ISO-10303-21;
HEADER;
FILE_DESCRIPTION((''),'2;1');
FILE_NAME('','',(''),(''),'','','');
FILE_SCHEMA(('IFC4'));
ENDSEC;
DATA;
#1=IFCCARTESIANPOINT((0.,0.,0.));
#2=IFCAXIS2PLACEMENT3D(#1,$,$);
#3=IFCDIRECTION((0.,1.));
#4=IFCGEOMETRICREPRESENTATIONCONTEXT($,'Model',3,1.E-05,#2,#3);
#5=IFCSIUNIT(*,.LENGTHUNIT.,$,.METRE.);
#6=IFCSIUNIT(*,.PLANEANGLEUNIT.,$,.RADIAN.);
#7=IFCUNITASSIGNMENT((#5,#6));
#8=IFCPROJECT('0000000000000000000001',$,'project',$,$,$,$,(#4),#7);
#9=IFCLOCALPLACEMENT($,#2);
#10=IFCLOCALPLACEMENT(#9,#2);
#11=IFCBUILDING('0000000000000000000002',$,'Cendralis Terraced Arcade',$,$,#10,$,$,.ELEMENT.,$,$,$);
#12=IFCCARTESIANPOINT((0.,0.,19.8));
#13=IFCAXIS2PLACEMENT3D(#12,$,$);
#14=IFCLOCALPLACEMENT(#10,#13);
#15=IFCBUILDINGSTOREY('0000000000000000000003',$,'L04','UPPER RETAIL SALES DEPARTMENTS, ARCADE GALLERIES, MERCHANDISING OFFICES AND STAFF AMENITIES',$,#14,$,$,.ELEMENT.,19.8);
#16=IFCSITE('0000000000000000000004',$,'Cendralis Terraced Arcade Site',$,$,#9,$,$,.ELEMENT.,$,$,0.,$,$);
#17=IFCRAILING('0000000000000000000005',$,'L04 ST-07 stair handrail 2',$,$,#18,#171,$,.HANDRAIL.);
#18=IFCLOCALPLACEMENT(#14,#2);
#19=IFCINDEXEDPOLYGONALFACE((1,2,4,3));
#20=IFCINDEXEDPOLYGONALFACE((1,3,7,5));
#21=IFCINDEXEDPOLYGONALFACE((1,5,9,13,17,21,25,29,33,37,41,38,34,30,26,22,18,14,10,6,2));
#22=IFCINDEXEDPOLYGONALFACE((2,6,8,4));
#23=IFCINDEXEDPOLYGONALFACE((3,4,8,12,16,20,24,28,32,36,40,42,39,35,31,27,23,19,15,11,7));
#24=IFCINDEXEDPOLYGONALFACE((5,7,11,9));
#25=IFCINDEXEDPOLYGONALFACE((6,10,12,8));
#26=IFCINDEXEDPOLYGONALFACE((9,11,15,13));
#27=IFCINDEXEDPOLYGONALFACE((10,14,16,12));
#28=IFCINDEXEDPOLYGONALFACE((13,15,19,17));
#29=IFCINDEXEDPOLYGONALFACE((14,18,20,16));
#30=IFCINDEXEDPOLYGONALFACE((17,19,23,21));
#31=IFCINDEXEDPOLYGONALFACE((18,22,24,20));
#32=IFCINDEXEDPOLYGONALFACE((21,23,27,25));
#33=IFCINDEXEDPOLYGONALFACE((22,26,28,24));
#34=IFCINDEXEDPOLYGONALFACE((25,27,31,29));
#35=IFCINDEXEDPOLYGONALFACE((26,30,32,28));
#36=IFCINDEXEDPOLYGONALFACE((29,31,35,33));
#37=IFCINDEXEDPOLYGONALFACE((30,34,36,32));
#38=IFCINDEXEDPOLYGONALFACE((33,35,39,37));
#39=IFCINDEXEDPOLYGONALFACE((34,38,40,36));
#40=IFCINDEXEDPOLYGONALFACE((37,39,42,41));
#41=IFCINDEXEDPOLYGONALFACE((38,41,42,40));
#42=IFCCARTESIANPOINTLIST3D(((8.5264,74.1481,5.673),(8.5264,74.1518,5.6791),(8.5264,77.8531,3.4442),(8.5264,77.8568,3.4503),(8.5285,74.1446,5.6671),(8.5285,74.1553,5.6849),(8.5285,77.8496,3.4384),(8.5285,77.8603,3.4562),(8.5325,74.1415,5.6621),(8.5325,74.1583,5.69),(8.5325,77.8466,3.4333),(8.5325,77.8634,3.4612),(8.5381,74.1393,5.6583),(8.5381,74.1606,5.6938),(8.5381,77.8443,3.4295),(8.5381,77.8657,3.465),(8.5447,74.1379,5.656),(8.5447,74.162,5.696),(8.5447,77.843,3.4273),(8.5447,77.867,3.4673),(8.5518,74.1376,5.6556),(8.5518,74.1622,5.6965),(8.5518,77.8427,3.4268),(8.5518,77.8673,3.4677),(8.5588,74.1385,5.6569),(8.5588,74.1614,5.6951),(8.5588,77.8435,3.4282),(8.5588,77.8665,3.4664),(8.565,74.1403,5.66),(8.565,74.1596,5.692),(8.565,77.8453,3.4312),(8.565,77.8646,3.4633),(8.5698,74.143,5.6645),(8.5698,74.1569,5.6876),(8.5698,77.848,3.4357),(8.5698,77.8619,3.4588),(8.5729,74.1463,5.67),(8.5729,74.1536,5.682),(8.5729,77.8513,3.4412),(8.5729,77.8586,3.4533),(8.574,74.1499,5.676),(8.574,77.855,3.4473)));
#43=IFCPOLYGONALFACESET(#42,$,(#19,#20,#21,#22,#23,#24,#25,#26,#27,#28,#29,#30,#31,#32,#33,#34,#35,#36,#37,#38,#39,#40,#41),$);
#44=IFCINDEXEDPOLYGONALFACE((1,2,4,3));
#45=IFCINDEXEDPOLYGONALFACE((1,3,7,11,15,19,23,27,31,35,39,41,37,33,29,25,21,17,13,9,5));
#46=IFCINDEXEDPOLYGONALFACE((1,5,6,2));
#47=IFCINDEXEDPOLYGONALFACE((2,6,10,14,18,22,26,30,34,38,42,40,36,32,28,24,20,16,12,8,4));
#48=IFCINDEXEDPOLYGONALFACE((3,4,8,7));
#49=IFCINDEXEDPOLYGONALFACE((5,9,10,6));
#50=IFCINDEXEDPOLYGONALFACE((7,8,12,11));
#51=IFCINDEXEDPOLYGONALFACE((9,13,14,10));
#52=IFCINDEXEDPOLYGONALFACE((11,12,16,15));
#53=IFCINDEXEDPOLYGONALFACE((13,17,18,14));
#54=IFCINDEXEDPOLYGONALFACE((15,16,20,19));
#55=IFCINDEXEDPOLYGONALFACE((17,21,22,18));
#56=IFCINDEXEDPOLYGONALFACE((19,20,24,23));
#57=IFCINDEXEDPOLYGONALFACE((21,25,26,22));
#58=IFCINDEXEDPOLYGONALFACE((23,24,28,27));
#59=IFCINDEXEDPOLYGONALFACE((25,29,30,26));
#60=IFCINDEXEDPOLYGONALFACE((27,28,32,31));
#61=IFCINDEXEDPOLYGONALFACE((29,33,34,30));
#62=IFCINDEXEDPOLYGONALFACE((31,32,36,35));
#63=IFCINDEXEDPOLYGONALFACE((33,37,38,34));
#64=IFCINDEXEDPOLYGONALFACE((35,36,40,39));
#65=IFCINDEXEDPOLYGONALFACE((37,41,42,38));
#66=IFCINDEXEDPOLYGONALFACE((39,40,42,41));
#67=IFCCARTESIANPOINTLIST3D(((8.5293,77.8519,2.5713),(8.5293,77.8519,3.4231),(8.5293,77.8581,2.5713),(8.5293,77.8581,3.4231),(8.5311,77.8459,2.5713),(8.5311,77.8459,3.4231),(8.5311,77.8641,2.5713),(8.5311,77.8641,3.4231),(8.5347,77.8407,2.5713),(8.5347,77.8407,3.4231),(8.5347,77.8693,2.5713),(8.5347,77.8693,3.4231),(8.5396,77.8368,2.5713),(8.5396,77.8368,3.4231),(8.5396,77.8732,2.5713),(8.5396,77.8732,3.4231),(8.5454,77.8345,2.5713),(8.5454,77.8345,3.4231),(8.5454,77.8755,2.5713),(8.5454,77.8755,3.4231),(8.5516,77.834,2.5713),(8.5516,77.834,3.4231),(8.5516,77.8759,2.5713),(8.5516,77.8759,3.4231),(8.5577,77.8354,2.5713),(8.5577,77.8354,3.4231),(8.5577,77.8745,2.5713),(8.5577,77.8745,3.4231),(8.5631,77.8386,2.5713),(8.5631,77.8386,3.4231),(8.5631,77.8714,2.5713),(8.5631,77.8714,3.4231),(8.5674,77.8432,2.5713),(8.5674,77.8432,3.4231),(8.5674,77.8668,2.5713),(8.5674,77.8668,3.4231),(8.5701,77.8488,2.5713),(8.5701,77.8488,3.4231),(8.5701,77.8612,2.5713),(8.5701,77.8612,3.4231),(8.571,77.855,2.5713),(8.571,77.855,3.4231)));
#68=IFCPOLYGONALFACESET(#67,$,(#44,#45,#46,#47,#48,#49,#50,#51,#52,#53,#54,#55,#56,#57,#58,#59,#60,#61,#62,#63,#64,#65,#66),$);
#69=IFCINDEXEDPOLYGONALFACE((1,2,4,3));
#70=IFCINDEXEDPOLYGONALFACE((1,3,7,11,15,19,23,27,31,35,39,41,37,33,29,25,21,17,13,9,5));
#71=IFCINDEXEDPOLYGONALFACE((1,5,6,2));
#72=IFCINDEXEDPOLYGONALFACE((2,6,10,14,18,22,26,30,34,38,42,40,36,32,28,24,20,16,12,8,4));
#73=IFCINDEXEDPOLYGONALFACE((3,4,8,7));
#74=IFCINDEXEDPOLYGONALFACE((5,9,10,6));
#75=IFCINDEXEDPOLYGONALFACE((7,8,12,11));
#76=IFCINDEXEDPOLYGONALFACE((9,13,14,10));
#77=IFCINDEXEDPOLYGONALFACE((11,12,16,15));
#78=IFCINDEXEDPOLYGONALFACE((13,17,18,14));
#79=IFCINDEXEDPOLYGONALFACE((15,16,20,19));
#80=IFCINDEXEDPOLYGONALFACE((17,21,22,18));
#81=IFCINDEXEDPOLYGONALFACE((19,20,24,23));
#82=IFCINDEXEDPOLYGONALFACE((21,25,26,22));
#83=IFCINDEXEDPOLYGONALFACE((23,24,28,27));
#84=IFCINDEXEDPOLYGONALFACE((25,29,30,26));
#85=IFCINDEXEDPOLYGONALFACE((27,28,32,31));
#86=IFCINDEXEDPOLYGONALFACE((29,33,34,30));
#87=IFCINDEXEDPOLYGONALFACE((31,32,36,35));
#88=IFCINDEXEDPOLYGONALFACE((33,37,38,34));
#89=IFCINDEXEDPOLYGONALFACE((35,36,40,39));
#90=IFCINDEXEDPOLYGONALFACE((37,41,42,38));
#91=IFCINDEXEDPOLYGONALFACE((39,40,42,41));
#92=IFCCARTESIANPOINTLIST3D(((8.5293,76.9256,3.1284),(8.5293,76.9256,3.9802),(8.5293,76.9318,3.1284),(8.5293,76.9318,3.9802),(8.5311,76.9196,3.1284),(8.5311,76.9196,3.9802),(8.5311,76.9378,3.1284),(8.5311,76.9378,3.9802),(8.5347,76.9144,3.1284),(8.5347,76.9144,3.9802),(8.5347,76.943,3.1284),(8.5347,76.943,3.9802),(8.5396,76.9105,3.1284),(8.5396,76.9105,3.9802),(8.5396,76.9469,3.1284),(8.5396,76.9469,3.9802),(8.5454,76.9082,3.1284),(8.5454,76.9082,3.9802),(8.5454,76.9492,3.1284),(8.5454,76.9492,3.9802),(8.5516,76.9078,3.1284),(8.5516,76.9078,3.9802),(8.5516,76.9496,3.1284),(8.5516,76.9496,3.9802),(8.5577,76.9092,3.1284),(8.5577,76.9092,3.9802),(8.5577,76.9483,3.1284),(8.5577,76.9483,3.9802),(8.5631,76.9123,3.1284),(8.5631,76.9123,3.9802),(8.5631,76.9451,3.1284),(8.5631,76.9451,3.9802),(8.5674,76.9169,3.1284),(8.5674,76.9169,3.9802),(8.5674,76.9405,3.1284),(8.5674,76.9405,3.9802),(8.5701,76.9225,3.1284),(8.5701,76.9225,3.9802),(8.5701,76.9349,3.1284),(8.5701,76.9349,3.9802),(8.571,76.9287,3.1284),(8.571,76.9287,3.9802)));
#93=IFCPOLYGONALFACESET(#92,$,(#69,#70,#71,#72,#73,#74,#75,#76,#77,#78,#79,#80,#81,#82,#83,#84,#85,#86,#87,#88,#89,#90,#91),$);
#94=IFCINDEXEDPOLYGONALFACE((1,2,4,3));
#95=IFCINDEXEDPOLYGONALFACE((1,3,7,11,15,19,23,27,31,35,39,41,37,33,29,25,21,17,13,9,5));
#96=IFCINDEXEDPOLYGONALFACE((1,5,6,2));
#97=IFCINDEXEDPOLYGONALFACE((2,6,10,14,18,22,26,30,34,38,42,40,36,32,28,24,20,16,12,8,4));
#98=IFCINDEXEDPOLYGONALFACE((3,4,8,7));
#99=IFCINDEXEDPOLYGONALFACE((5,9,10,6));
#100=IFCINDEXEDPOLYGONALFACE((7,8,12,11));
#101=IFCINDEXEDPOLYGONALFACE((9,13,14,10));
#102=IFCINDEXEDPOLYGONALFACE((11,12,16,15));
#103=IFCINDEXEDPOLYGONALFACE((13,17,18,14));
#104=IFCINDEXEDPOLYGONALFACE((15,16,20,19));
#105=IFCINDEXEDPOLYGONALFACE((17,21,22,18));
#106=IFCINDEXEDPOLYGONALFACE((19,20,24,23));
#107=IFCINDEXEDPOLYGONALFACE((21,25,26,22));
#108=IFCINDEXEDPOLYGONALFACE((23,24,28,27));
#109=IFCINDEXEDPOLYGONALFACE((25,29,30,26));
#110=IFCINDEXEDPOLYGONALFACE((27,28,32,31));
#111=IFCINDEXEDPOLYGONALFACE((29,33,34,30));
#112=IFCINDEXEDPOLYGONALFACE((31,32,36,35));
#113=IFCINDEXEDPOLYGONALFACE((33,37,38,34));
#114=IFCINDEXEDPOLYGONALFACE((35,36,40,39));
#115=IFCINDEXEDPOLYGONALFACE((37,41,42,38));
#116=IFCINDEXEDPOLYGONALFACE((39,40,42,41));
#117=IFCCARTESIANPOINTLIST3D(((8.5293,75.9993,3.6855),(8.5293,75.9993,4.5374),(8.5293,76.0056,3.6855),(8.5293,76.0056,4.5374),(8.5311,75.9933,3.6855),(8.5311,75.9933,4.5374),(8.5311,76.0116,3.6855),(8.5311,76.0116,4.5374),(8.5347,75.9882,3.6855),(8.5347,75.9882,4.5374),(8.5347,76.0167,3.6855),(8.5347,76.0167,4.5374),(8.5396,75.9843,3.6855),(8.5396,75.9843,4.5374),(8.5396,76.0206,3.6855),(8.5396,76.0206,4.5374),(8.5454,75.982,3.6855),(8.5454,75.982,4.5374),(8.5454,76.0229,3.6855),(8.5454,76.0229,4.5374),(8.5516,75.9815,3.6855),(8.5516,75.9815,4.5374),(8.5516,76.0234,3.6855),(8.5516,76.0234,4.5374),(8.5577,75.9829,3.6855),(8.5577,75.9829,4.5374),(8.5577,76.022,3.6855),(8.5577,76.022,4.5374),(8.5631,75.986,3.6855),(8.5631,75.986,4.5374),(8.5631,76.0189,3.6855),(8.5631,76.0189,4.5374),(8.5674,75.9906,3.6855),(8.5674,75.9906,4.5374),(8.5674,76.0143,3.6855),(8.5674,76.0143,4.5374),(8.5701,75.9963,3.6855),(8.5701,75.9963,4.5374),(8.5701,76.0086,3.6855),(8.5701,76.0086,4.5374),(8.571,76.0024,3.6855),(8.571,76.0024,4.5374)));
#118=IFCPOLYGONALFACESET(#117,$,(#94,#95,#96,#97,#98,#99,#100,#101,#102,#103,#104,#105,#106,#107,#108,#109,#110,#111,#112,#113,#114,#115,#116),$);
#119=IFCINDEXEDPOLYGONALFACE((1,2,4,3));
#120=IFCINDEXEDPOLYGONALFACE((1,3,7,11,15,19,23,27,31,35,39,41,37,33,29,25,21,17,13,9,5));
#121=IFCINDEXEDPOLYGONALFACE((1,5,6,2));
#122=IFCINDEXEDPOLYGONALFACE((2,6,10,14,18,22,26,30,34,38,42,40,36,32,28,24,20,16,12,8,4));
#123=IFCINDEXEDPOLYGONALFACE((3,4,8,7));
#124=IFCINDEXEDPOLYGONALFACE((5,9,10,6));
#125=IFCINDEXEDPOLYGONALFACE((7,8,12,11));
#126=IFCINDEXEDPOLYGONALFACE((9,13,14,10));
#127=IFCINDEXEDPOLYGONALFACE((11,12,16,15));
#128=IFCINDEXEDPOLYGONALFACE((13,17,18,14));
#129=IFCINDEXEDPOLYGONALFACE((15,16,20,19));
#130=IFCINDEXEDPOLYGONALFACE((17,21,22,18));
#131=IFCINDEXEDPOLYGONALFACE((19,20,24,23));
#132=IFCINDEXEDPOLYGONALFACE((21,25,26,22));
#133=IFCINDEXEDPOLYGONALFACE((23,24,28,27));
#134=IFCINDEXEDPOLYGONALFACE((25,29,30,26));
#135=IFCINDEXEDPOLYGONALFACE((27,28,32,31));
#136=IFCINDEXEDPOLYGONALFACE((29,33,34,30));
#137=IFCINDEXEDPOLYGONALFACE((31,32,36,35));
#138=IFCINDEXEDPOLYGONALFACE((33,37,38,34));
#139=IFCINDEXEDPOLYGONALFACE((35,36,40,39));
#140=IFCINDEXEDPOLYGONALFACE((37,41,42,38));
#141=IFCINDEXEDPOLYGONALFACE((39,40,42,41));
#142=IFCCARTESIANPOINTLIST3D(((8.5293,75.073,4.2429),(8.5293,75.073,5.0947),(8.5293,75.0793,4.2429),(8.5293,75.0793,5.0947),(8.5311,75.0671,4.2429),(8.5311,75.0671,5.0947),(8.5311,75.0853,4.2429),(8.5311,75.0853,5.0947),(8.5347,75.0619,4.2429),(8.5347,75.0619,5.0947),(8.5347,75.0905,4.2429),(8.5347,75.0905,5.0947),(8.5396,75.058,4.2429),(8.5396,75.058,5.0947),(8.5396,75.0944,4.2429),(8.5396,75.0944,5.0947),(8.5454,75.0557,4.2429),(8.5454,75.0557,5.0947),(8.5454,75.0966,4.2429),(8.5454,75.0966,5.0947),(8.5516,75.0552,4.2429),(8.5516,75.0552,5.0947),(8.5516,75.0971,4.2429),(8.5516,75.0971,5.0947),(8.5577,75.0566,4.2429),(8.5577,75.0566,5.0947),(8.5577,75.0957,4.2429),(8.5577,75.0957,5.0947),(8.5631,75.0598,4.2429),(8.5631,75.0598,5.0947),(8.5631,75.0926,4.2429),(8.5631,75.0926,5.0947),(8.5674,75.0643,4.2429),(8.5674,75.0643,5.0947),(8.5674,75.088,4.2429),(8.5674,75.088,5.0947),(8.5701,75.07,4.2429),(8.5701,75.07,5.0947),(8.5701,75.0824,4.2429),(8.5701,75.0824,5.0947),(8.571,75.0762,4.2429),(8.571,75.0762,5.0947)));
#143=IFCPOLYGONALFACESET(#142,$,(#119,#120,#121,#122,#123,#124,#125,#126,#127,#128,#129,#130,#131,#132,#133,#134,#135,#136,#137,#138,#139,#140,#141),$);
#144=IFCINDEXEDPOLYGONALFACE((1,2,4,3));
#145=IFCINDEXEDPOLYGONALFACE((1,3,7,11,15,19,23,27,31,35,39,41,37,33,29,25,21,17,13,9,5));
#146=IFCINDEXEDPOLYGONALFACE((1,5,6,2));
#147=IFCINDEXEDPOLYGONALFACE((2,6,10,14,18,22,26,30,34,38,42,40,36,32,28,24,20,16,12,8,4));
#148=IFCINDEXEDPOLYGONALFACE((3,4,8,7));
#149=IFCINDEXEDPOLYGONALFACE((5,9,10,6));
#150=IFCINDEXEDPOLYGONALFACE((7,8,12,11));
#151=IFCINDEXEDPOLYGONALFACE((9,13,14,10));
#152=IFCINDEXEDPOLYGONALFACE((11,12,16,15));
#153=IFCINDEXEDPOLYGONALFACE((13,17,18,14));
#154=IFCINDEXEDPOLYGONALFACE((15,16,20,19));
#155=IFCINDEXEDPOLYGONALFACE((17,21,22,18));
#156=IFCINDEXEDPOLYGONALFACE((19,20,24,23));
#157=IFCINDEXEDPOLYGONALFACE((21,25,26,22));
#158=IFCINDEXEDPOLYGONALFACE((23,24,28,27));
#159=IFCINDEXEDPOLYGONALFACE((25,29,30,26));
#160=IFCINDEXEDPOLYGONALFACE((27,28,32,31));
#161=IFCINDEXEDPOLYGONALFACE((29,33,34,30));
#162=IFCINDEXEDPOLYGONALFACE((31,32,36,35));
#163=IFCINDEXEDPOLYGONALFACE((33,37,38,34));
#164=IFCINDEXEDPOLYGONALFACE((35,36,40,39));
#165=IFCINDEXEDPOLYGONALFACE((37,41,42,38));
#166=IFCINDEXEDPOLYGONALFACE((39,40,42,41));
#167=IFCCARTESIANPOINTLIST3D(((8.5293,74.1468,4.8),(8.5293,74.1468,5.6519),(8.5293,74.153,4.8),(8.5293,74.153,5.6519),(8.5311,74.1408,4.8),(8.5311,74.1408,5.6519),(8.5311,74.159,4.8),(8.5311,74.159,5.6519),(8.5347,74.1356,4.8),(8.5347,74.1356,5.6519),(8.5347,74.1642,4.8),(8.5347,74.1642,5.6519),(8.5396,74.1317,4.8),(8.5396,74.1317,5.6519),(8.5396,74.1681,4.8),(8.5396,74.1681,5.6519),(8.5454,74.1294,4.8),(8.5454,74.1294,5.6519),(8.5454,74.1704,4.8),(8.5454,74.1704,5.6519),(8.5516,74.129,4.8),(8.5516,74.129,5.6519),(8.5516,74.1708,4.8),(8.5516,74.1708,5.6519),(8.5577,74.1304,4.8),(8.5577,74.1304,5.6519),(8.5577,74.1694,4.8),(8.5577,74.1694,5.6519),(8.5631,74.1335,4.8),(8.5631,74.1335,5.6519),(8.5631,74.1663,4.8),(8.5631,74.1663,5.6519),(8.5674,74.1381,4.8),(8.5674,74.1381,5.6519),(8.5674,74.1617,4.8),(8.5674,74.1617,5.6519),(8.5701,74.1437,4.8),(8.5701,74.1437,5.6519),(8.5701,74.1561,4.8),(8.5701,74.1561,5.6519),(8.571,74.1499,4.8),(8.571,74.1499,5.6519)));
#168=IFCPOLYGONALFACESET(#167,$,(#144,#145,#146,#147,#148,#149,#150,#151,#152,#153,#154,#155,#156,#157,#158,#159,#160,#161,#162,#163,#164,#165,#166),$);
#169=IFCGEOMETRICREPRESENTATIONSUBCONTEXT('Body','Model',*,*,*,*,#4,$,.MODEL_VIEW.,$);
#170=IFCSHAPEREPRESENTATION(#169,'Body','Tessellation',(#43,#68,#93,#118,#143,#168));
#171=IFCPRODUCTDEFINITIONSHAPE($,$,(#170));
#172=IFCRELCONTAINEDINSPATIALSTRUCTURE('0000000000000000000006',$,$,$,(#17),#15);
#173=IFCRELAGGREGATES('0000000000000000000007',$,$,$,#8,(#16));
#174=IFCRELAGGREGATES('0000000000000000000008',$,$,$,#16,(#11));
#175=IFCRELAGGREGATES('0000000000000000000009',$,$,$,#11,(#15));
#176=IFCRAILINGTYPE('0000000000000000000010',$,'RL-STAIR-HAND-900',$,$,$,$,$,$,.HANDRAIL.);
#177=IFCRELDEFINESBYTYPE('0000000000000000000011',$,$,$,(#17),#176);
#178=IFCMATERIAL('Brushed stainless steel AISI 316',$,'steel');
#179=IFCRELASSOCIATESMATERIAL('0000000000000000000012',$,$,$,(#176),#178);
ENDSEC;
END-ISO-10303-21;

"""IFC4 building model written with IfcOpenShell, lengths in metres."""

from ifc_helpers import new_model, si_unit, direction, frame, origin, origin_2d, place, context, subcontext, project, spatial, circle, extrude, material, type_object, element, save


model = new_model("IFC4")

# Units and contexts
model_context = context("Model", 3, precision=1e-05, world=origin(), true_north=direction((0.0, 1.0)))
body_context = subcontext(model_context, "Body", "Model", "MODEL_VIEW")
ifc_project = project(units=[si_unit("LENGTHUNIT", "METRE"), si_unit("PLANEANGLEUNIT", "RADIAN")], contexts=[model_context])

# Site, building, storey
site_placement = place(None, origin())
site = spatial("IfcSite", under=ifc_project, at=site_placement, Name="Cendralis Terraced Arcade Site", CompositionType="ELEMENT", RefElevation=0.0)
building_placement = place(site_placement, origin())
building = spatial("IfcBuilding", under=site, at=building_placement, Name="Cendralis Terraced Arcade", CompositionType="ELEMENT")
storey_placement = place(building_placement, frame((0.0, 0.0, 19.8)))
storey = spatial("IfcBuildingStorey", under=building, at=storey_placement, Name="L04", Description="UPPER RETAIL SALES DEPARTMENTS, ARCADE GALLERIES, MERCHANDISING OFFICES AND STAFF AMENITIES", CompositionType="ELEMENT", Elevation=19.8)

# Railing
ifc_material_1 = material(Name="Brushed stainless steel AISI 316", Category="steel")
railing_type_1 = type_object("IfcRailingType", Name="RL-STAIR-HAND-900", PredefinedType="HANDRAIL", material=ifc_material_1)
railing_1_placement = place(storey_placement, frame((8.55, 77.855, 2.5713)))
element("IfcRailing", 1, at=railing_1_placement, inside=storey, type_object=railing_type_1, Name="L04 ST-07 stair handrail 2", PredefinedType="HANDRAIL", context=body_context, shape_type="SweptSolid", body=[
    extrude(circle(Radius=0.0239, at=origin_2d()), frame((0.0, 0.0, 0.876), z_axis=(0.0, -0.856909, 0.515467), x_axis=(1.0, 0.0, 0.0)), (0.0, 0.0, 1.0), 4.3237),
    extrude(circle(Radius=0.021, at=origin_2d()), origin(), (0.0, 0.0, 1.0), 0.8518),
    extrude(circle(Radius=0.021, at=origin_2d()), frame((0.0, -0.9263, 0.5571)), (0.0, 0.0, 1.0), 0.8518),
    extrude(circle(Radius=0.021, at=origin_2d()), frame((0.0, -1.8525, 1.1143)), (0.0, 0.0, 1.0), 0.8518),
    extrude(circle(Radius=0.021, at=origin_2d()), frame((0.0, -2.7788, 1.6716)), (0.0, 0.0, 1.0), 0.8518),
    extrude(circle(Radius=0.021, at=origin_2d()), frame((0.0, -3.7051, 2.2288)), (0.0, 0.0, 1.0), 0.8518),
])

save(model, "model.ifc")
